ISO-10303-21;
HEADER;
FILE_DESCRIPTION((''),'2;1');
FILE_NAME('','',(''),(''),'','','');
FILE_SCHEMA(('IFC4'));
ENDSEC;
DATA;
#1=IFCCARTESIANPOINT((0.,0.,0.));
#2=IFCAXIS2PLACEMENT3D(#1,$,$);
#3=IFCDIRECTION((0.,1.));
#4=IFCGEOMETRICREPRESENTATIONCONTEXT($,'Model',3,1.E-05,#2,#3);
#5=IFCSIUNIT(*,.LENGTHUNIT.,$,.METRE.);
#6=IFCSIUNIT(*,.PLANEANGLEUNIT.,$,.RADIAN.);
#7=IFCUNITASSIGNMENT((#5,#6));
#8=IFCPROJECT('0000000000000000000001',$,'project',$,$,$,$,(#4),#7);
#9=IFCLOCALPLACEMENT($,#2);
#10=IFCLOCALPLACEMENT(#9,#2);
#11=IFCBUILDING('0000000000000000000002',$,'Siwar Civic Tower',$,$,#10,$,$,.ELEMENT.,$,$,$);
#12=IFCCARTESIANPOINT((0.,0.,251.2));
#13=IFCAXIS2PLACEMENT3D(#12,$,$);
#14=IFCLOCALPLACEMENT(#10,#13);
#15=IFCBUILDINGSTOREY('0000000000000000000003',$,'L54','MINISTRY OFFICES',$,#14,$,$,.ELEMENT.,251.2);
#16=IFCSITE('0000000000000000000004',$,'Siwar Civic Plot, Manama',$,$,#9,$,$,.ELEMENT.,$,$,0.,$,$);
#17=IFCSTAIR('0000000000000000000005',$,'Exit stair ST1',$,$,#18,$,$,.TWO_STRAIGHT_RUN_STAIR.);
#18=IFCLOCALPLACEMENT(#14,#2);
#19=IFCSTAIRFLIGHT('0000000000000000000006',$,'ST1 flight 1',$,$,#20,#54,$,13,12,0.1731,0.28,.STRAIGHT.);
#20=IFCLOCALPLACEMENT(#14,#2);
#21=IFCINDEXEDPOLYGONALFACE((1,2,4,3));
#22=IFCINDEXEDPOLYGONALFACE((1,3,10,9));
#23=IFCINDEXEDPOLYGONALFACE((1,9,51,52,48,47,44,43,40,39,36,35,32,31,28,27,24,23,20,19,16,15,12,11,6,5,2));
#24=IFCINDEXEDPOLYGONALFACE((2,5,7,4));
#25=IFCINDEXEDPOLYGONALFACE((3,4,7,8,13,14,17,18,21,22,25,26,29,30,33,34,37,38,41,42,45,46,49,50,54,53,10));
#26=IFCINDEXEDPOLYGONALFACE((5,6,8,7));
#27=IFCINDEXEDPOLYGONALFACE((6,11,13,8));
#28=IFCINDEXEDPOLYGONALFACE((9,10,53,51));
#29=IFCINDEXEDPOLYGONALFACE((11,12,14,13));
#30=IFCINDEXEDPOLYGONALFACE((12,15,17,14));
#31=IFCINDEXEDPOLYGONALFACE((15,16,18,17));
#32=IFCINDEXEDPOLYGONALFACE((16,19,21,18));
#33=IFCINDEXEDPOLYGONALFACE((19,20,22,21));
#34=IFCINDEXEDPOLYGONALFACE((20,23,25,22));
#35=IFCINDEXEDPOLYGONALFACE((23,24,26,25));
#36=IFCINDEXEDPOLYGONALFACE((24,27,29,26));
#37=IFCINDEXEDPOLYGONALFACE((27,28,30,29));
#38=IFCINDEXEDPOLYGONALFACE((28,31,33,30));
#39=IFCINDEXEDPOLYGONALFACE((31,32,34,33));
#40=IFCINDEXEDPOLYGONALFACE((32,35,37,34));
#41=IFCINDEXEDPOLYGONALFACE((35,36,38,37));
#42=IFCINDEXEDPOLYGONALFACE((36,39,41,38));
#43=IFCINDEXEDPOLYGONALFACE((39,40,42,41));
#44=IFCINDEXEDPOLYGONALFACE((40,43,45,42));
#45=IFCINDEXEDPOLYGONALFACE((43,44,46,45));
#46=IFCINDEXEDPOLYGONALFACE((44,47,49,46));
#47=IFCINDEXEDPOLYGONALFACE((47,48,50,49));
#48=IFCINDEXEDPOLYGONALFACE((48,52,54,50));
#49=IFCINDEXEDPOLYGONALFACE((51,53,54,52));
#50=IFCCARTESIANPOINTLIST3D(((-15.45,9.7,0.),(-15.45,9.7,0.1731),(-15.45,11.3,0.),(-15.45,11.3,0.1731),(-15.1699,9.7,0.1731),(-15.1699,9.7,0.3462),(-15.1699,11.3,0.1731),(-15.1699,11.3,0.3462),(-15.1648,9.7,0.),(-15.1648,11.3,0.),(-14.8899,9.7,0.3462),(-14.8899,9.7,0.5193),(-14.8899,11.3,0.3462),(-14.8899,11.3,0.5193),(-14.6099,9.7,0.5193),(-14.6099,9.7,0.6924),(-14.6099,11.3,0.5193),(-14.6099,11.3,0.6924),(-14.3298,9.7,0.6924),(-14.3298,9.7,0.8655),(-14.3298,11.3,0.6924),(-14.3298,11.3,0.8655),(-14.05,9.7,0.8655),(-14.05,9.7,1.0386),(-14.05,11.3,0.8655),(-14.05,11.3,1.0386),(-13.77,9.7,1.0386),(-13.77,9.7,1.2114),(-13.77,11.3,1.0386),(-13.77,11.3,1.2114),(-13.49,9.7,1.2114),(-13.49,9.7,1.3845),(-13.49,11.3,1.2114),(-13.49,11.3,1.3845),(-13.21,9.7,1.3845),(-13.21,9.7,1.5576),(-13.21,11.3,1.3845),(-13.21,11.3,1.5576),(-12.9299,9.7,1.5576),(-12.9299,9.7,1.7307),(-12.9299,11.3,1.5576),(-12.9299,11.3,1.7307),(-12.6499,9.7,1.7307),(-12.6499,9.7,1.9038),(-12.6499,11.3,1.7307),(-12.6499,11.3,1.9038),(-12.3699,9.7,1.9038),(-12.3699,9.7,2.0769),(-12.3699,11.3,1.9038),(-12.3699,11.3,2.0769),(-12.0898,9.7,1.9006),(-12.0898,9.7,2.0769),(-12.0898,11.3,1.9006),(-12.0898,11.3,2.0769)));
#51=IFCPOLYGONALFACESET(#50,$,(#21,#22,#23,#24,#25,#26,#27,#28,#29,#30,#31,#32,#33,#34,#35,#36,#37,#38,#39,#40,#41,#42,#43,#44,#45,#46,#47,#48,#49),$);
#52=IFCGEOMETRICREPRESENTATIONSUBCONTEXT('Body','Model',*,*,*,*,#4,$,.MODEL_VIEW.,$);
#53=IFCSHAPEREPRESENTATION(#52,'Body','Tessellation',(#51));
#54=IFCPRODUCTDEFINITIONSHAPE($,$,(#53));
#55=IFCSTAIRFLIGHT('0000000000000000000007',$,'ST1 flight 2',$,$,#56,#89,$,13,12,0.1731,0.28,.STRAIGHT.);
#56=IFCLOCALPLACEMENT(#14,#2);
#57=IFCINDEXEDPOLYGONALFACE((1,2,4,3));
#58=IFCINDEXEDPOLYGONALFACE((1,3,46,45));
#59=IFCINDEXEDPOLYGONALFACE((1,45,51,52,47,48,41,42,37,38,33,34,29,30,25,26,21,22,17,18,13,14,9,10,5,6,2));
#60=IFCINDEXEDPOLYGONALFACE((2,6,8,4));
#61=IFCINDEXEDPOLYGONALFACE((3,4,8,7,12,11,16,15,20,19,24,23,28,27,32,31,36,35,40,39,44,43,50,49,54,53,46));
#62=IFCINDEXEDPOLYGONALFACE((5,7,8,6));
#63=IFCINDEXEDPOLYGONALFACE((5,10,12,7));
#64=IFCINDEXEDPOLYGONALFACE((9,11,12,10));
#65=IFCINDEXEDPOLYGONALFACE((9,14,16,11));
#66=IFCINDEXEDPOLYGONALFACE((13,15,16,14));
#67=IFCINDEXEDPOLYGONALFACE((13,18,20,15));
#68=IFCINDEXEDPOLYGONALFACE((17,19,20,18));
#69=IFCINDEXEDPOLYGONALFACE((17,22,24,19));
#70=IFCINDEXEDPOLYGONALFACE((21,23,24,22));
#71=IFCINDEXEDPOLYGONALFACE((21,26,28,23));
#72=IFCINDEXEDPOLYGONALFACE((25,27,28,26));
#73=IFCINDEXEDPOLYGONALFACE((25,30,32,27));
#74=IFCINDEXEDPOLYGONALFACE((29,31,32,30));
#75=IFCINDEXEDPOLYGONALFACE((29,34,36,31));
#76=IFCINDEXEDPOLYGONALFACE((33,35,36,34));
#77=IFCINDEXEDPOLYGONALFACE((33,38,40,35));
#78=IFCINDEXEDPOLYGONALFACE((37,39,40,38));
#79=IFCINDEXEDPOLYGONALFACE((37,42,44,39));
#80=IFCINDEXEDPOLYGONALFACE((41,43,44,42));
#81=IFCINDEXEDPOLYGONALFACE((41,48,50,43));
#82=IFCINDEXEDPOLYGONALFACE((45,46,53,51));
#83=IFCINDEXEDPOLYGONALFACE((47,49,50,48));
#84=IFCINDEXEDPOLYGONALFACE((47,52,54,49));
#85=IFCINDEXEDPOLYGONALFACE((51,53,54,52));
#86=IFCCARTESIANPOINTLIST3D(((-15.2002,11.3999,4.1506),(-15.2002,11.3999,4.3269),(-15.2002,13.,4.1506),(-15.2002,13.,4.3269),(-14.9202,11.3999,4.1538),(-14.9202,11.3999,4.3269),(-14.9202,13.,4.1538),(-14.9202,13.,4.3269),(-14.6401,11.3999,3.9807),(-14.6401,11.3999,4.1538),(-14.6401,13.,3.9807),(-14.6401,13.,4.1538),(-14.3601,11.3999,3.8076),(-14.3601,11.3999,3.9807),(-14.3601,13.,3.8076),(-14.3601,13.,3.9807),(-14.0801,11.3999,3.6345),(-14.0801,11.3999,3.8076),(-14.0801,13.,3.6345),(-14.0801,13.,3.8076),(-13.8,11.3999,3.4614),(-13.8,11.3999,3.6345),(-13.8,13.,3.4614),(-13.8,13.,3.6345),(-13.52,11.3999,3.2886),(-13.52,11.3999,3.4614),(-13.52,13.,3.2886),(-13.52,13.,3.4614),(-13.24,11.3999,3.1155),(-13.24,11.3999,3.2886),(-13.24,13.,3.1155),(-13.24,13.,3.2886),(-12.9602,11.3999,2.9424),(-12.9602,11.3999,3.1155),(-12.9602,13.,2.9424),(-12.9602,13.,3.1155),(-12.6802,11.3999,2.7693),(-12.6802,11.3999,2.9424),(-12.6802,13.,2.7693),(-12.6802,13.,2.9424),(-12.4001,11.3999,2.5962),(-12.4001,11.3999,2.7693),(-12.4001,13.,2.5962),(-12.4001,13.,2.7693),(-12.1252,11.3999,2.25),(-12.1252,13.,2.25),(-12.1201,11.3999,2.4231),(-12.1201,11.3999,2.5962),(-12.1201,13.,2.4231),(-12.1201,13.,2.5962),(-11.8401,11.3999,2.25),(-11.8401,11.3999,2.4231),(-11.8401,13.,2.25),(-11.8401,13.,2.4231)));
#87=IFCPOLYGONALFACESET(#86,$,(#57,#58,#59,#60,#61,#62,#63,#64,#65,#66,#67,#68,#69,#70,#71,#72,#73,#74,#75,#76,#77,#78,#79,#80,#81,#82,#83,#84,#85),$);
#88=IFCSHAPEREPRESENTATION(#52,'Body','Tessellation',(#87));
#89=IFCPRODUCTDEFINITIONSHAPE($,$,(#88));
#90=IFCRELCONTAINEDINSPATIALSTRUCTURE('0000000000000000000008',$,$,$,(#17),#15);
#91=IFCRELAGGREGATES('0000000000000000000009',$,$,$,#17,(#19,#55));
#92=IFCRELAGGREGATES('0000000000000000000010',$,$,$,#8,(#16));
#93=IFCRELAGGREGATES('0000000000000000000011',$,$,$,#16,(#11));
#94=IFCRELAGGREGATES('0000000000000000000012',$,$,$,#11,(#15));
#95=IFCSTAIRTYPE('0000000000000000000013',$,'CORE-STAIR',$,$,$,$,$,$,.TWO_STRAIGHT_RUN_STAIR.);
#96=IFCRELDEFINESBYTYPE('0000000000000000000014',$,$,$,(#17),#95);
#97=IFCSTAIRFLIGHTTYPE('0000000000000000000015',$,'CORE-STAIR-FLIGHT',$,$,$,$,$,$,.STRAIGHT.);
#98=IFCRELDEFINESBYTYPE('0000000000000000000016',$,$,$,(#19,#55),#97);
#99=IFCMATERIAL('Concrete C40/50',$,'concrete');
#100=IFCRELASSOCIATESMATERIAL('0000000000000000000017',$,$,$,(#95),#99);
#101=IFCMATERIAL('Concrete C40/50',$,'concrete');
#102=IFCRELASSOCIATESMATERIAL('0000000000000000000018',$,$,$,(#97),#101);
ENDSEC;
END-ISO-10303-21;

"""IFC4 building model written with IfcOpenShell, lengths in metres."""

from ifc_helpers import new_model, si_unit, direction, frame, origin, place, context, subcontext, project, spatial, polyline, outline, extrude, material, type_object, element, aggregate, save


model = new_model("IFC4")

# Units and contexts
model_context = context("Model", 3, precision=1e-05, world=origin(), true_north=direction((0.0, 1.0)))
body_context = subcontext(model_context, "Body", "Model", "MODEL_VIEW")
ifc_project = project(units=[si_unit("LENGTHUNIT", "METRE"), si_unit("PLANEANGLEUNIT", "RADIAN")], contexts=[model_context])

# Site, building, storey
site_placement = place(None, origin())
site = spatial("IfcSite", under=ifc_project, at=site_placement, Name="Siwar Civic Plot, Manama", CompositionType="ELEMENT", RefElevation=0.0)
building_placement = place(site_placement, origin())
building = spatial("IfcBuilding", under=site, at=building_placement, Name="Siwar Civic Tower", CompositionType="ELEMENT")
storey_placement = place(building_placement, frame((0.0, 0.0, 251.2)))
storey = spatial("IfcBuildingStorey", under=building, at=storey_placement, Name="L54", Description="MINISTRY OFFICES", CompositionType="ELEMENT", Elevation=251.2)

# Stair, stair flights
ifc_material_1 = material(Name="Concrete C40/50", Category="concrete")
stair_type = type_object("IfcStairType", Name="CORE-STAIR", PredefinedType="TWO_STRAIGHT_RUN_STAIR", material=ifc_material_1)
stair_placement = place(storey_placement, origin())
stair = element("IfcStair", 1, at=stair_placement, inside=storey, type_object=stair_type, Name="Exit stair ST1", PredefinedType="TWO_STRAIGHT_RUN_STAIR")
ifc_material_2 = material(Name="Concrete C40/50", Category="concrete")
stair_flight_type = type_object("IfcStairFlightType", Name="CORE-STAIR-FLIGHT", PredefinedType="STRAIGHT", material=ifc_material_2)
stair_flight_1_placement = place(storey_placement, frame((-15.45, 10.5, 0.0), z_axis=(0.0, 0.0, 1.0), x_axis=(1.0, 0.0, 0.0)))
stair_flight_1 = element("IfcStairFlight", 2, at=stair_flight_1_placement, type_object=stair_flight_type, Name="ST1 flight 1", NumberOfRisers=13, NumberOfTreads=12, PredefinedType="STRAIGHT", RiserHeight=0.1731, TreadLength=0.28, context=body_context, shape_type="SweptSolid", body=[
    extrude(outline(polyline([(0.0, 0.0), (0.0, 0.1731), (0.28, 0.1731), (0.28, 0.3462), (0.5601, 0.3462), (0.5601, 0.5193), (0.8401, 0.5193), (0.8401, 0.6924), (1.1201, 0.6924), (1.1201, 0.8655), (1.3999, 0.8655), (1.3999, 1.0386), (1.6799, 1.0386), (1.6799, 1.2114), (1.96, 1.2114), (1.96, 1.3845), (2.24, 1.3845), (2.24, 1.5576), (2.52, 1.5576), (2.52, 1.7307), (2.8, 1.7307), (2.8, 1.9038), (3.0801, 1.9038), (3.0801, 2.0769), (3.3601, 2.0769), (3.3601, 2.25), (3.3601, 1.9006), (0.2852, 0.0), (0.0, 0.0)])), frame((0.0, 0.8, 0.0), z_axis=(0.0, -1.0, 0.0), x_axis=(1.0, 0.0, 0.0)), (0.0, 0.0, 1.0), 1.6001),
])
stair_flight_2_placement = place(storey_placement, frame((-11.8401, 12.2, 2.25), z_axis=(0.0, 0.0, 1.0), x_axis=(-1.0, 0.0, 0.0)))
stair_flight_2 = element("IfcStairFlight", 3, at=stair_flight_2_placement, type_object=stair_flight_type, Name="ST1 flight 2", NumberOfRisers=13, NumberOfTreads=12, PredefinedType="STRAIGHT", RiserHeight=0.1731, TreadLength=0.28, context=body_context, shape_type="SweptSolid", body=[
    extrude(outline(polyline([(0.0, 0.0), (0.0, 0.1731), (0.28, 0.1731), (0.28, 0.3462), (0.5601, 0.3462), (0.5601, 0.5193), (0.8401, 0.5193), (0.8401, 0.6924), (1.1201, 0.6924), (1.1201, 0.8655), (1.3999, 0.8655), (1.3999, 1.0386), (1.6799, 1.0386), (1.6799, 1.2114), (1.96, 1.2114), (1.96, 1.3845), (2.24, 1.3845), (2.24, 1.5576), (2.52, 1.5576), (2.52, 1.7307), (2.8, 1.7307), (2.8, 1.9038), (3.0801, 1.9038), (3.0801, 2.0769), (3.3601, 2.0769), (3.3601, 2.25), (3.3601, 1.9006), (0.2852, 0.0), (0.0, 0.0)])), frame((0.0, 0.8, 0.0), z_axis=(0.0, -1.0, 0.0), x_axis=(1.0, 0.0, 0.0)), (0.0, 0.0, 1.0), 1.6001),
])
aggregate(stair, [stair_flight_1, stair_flight_2])

save(model, "model.ifc")
